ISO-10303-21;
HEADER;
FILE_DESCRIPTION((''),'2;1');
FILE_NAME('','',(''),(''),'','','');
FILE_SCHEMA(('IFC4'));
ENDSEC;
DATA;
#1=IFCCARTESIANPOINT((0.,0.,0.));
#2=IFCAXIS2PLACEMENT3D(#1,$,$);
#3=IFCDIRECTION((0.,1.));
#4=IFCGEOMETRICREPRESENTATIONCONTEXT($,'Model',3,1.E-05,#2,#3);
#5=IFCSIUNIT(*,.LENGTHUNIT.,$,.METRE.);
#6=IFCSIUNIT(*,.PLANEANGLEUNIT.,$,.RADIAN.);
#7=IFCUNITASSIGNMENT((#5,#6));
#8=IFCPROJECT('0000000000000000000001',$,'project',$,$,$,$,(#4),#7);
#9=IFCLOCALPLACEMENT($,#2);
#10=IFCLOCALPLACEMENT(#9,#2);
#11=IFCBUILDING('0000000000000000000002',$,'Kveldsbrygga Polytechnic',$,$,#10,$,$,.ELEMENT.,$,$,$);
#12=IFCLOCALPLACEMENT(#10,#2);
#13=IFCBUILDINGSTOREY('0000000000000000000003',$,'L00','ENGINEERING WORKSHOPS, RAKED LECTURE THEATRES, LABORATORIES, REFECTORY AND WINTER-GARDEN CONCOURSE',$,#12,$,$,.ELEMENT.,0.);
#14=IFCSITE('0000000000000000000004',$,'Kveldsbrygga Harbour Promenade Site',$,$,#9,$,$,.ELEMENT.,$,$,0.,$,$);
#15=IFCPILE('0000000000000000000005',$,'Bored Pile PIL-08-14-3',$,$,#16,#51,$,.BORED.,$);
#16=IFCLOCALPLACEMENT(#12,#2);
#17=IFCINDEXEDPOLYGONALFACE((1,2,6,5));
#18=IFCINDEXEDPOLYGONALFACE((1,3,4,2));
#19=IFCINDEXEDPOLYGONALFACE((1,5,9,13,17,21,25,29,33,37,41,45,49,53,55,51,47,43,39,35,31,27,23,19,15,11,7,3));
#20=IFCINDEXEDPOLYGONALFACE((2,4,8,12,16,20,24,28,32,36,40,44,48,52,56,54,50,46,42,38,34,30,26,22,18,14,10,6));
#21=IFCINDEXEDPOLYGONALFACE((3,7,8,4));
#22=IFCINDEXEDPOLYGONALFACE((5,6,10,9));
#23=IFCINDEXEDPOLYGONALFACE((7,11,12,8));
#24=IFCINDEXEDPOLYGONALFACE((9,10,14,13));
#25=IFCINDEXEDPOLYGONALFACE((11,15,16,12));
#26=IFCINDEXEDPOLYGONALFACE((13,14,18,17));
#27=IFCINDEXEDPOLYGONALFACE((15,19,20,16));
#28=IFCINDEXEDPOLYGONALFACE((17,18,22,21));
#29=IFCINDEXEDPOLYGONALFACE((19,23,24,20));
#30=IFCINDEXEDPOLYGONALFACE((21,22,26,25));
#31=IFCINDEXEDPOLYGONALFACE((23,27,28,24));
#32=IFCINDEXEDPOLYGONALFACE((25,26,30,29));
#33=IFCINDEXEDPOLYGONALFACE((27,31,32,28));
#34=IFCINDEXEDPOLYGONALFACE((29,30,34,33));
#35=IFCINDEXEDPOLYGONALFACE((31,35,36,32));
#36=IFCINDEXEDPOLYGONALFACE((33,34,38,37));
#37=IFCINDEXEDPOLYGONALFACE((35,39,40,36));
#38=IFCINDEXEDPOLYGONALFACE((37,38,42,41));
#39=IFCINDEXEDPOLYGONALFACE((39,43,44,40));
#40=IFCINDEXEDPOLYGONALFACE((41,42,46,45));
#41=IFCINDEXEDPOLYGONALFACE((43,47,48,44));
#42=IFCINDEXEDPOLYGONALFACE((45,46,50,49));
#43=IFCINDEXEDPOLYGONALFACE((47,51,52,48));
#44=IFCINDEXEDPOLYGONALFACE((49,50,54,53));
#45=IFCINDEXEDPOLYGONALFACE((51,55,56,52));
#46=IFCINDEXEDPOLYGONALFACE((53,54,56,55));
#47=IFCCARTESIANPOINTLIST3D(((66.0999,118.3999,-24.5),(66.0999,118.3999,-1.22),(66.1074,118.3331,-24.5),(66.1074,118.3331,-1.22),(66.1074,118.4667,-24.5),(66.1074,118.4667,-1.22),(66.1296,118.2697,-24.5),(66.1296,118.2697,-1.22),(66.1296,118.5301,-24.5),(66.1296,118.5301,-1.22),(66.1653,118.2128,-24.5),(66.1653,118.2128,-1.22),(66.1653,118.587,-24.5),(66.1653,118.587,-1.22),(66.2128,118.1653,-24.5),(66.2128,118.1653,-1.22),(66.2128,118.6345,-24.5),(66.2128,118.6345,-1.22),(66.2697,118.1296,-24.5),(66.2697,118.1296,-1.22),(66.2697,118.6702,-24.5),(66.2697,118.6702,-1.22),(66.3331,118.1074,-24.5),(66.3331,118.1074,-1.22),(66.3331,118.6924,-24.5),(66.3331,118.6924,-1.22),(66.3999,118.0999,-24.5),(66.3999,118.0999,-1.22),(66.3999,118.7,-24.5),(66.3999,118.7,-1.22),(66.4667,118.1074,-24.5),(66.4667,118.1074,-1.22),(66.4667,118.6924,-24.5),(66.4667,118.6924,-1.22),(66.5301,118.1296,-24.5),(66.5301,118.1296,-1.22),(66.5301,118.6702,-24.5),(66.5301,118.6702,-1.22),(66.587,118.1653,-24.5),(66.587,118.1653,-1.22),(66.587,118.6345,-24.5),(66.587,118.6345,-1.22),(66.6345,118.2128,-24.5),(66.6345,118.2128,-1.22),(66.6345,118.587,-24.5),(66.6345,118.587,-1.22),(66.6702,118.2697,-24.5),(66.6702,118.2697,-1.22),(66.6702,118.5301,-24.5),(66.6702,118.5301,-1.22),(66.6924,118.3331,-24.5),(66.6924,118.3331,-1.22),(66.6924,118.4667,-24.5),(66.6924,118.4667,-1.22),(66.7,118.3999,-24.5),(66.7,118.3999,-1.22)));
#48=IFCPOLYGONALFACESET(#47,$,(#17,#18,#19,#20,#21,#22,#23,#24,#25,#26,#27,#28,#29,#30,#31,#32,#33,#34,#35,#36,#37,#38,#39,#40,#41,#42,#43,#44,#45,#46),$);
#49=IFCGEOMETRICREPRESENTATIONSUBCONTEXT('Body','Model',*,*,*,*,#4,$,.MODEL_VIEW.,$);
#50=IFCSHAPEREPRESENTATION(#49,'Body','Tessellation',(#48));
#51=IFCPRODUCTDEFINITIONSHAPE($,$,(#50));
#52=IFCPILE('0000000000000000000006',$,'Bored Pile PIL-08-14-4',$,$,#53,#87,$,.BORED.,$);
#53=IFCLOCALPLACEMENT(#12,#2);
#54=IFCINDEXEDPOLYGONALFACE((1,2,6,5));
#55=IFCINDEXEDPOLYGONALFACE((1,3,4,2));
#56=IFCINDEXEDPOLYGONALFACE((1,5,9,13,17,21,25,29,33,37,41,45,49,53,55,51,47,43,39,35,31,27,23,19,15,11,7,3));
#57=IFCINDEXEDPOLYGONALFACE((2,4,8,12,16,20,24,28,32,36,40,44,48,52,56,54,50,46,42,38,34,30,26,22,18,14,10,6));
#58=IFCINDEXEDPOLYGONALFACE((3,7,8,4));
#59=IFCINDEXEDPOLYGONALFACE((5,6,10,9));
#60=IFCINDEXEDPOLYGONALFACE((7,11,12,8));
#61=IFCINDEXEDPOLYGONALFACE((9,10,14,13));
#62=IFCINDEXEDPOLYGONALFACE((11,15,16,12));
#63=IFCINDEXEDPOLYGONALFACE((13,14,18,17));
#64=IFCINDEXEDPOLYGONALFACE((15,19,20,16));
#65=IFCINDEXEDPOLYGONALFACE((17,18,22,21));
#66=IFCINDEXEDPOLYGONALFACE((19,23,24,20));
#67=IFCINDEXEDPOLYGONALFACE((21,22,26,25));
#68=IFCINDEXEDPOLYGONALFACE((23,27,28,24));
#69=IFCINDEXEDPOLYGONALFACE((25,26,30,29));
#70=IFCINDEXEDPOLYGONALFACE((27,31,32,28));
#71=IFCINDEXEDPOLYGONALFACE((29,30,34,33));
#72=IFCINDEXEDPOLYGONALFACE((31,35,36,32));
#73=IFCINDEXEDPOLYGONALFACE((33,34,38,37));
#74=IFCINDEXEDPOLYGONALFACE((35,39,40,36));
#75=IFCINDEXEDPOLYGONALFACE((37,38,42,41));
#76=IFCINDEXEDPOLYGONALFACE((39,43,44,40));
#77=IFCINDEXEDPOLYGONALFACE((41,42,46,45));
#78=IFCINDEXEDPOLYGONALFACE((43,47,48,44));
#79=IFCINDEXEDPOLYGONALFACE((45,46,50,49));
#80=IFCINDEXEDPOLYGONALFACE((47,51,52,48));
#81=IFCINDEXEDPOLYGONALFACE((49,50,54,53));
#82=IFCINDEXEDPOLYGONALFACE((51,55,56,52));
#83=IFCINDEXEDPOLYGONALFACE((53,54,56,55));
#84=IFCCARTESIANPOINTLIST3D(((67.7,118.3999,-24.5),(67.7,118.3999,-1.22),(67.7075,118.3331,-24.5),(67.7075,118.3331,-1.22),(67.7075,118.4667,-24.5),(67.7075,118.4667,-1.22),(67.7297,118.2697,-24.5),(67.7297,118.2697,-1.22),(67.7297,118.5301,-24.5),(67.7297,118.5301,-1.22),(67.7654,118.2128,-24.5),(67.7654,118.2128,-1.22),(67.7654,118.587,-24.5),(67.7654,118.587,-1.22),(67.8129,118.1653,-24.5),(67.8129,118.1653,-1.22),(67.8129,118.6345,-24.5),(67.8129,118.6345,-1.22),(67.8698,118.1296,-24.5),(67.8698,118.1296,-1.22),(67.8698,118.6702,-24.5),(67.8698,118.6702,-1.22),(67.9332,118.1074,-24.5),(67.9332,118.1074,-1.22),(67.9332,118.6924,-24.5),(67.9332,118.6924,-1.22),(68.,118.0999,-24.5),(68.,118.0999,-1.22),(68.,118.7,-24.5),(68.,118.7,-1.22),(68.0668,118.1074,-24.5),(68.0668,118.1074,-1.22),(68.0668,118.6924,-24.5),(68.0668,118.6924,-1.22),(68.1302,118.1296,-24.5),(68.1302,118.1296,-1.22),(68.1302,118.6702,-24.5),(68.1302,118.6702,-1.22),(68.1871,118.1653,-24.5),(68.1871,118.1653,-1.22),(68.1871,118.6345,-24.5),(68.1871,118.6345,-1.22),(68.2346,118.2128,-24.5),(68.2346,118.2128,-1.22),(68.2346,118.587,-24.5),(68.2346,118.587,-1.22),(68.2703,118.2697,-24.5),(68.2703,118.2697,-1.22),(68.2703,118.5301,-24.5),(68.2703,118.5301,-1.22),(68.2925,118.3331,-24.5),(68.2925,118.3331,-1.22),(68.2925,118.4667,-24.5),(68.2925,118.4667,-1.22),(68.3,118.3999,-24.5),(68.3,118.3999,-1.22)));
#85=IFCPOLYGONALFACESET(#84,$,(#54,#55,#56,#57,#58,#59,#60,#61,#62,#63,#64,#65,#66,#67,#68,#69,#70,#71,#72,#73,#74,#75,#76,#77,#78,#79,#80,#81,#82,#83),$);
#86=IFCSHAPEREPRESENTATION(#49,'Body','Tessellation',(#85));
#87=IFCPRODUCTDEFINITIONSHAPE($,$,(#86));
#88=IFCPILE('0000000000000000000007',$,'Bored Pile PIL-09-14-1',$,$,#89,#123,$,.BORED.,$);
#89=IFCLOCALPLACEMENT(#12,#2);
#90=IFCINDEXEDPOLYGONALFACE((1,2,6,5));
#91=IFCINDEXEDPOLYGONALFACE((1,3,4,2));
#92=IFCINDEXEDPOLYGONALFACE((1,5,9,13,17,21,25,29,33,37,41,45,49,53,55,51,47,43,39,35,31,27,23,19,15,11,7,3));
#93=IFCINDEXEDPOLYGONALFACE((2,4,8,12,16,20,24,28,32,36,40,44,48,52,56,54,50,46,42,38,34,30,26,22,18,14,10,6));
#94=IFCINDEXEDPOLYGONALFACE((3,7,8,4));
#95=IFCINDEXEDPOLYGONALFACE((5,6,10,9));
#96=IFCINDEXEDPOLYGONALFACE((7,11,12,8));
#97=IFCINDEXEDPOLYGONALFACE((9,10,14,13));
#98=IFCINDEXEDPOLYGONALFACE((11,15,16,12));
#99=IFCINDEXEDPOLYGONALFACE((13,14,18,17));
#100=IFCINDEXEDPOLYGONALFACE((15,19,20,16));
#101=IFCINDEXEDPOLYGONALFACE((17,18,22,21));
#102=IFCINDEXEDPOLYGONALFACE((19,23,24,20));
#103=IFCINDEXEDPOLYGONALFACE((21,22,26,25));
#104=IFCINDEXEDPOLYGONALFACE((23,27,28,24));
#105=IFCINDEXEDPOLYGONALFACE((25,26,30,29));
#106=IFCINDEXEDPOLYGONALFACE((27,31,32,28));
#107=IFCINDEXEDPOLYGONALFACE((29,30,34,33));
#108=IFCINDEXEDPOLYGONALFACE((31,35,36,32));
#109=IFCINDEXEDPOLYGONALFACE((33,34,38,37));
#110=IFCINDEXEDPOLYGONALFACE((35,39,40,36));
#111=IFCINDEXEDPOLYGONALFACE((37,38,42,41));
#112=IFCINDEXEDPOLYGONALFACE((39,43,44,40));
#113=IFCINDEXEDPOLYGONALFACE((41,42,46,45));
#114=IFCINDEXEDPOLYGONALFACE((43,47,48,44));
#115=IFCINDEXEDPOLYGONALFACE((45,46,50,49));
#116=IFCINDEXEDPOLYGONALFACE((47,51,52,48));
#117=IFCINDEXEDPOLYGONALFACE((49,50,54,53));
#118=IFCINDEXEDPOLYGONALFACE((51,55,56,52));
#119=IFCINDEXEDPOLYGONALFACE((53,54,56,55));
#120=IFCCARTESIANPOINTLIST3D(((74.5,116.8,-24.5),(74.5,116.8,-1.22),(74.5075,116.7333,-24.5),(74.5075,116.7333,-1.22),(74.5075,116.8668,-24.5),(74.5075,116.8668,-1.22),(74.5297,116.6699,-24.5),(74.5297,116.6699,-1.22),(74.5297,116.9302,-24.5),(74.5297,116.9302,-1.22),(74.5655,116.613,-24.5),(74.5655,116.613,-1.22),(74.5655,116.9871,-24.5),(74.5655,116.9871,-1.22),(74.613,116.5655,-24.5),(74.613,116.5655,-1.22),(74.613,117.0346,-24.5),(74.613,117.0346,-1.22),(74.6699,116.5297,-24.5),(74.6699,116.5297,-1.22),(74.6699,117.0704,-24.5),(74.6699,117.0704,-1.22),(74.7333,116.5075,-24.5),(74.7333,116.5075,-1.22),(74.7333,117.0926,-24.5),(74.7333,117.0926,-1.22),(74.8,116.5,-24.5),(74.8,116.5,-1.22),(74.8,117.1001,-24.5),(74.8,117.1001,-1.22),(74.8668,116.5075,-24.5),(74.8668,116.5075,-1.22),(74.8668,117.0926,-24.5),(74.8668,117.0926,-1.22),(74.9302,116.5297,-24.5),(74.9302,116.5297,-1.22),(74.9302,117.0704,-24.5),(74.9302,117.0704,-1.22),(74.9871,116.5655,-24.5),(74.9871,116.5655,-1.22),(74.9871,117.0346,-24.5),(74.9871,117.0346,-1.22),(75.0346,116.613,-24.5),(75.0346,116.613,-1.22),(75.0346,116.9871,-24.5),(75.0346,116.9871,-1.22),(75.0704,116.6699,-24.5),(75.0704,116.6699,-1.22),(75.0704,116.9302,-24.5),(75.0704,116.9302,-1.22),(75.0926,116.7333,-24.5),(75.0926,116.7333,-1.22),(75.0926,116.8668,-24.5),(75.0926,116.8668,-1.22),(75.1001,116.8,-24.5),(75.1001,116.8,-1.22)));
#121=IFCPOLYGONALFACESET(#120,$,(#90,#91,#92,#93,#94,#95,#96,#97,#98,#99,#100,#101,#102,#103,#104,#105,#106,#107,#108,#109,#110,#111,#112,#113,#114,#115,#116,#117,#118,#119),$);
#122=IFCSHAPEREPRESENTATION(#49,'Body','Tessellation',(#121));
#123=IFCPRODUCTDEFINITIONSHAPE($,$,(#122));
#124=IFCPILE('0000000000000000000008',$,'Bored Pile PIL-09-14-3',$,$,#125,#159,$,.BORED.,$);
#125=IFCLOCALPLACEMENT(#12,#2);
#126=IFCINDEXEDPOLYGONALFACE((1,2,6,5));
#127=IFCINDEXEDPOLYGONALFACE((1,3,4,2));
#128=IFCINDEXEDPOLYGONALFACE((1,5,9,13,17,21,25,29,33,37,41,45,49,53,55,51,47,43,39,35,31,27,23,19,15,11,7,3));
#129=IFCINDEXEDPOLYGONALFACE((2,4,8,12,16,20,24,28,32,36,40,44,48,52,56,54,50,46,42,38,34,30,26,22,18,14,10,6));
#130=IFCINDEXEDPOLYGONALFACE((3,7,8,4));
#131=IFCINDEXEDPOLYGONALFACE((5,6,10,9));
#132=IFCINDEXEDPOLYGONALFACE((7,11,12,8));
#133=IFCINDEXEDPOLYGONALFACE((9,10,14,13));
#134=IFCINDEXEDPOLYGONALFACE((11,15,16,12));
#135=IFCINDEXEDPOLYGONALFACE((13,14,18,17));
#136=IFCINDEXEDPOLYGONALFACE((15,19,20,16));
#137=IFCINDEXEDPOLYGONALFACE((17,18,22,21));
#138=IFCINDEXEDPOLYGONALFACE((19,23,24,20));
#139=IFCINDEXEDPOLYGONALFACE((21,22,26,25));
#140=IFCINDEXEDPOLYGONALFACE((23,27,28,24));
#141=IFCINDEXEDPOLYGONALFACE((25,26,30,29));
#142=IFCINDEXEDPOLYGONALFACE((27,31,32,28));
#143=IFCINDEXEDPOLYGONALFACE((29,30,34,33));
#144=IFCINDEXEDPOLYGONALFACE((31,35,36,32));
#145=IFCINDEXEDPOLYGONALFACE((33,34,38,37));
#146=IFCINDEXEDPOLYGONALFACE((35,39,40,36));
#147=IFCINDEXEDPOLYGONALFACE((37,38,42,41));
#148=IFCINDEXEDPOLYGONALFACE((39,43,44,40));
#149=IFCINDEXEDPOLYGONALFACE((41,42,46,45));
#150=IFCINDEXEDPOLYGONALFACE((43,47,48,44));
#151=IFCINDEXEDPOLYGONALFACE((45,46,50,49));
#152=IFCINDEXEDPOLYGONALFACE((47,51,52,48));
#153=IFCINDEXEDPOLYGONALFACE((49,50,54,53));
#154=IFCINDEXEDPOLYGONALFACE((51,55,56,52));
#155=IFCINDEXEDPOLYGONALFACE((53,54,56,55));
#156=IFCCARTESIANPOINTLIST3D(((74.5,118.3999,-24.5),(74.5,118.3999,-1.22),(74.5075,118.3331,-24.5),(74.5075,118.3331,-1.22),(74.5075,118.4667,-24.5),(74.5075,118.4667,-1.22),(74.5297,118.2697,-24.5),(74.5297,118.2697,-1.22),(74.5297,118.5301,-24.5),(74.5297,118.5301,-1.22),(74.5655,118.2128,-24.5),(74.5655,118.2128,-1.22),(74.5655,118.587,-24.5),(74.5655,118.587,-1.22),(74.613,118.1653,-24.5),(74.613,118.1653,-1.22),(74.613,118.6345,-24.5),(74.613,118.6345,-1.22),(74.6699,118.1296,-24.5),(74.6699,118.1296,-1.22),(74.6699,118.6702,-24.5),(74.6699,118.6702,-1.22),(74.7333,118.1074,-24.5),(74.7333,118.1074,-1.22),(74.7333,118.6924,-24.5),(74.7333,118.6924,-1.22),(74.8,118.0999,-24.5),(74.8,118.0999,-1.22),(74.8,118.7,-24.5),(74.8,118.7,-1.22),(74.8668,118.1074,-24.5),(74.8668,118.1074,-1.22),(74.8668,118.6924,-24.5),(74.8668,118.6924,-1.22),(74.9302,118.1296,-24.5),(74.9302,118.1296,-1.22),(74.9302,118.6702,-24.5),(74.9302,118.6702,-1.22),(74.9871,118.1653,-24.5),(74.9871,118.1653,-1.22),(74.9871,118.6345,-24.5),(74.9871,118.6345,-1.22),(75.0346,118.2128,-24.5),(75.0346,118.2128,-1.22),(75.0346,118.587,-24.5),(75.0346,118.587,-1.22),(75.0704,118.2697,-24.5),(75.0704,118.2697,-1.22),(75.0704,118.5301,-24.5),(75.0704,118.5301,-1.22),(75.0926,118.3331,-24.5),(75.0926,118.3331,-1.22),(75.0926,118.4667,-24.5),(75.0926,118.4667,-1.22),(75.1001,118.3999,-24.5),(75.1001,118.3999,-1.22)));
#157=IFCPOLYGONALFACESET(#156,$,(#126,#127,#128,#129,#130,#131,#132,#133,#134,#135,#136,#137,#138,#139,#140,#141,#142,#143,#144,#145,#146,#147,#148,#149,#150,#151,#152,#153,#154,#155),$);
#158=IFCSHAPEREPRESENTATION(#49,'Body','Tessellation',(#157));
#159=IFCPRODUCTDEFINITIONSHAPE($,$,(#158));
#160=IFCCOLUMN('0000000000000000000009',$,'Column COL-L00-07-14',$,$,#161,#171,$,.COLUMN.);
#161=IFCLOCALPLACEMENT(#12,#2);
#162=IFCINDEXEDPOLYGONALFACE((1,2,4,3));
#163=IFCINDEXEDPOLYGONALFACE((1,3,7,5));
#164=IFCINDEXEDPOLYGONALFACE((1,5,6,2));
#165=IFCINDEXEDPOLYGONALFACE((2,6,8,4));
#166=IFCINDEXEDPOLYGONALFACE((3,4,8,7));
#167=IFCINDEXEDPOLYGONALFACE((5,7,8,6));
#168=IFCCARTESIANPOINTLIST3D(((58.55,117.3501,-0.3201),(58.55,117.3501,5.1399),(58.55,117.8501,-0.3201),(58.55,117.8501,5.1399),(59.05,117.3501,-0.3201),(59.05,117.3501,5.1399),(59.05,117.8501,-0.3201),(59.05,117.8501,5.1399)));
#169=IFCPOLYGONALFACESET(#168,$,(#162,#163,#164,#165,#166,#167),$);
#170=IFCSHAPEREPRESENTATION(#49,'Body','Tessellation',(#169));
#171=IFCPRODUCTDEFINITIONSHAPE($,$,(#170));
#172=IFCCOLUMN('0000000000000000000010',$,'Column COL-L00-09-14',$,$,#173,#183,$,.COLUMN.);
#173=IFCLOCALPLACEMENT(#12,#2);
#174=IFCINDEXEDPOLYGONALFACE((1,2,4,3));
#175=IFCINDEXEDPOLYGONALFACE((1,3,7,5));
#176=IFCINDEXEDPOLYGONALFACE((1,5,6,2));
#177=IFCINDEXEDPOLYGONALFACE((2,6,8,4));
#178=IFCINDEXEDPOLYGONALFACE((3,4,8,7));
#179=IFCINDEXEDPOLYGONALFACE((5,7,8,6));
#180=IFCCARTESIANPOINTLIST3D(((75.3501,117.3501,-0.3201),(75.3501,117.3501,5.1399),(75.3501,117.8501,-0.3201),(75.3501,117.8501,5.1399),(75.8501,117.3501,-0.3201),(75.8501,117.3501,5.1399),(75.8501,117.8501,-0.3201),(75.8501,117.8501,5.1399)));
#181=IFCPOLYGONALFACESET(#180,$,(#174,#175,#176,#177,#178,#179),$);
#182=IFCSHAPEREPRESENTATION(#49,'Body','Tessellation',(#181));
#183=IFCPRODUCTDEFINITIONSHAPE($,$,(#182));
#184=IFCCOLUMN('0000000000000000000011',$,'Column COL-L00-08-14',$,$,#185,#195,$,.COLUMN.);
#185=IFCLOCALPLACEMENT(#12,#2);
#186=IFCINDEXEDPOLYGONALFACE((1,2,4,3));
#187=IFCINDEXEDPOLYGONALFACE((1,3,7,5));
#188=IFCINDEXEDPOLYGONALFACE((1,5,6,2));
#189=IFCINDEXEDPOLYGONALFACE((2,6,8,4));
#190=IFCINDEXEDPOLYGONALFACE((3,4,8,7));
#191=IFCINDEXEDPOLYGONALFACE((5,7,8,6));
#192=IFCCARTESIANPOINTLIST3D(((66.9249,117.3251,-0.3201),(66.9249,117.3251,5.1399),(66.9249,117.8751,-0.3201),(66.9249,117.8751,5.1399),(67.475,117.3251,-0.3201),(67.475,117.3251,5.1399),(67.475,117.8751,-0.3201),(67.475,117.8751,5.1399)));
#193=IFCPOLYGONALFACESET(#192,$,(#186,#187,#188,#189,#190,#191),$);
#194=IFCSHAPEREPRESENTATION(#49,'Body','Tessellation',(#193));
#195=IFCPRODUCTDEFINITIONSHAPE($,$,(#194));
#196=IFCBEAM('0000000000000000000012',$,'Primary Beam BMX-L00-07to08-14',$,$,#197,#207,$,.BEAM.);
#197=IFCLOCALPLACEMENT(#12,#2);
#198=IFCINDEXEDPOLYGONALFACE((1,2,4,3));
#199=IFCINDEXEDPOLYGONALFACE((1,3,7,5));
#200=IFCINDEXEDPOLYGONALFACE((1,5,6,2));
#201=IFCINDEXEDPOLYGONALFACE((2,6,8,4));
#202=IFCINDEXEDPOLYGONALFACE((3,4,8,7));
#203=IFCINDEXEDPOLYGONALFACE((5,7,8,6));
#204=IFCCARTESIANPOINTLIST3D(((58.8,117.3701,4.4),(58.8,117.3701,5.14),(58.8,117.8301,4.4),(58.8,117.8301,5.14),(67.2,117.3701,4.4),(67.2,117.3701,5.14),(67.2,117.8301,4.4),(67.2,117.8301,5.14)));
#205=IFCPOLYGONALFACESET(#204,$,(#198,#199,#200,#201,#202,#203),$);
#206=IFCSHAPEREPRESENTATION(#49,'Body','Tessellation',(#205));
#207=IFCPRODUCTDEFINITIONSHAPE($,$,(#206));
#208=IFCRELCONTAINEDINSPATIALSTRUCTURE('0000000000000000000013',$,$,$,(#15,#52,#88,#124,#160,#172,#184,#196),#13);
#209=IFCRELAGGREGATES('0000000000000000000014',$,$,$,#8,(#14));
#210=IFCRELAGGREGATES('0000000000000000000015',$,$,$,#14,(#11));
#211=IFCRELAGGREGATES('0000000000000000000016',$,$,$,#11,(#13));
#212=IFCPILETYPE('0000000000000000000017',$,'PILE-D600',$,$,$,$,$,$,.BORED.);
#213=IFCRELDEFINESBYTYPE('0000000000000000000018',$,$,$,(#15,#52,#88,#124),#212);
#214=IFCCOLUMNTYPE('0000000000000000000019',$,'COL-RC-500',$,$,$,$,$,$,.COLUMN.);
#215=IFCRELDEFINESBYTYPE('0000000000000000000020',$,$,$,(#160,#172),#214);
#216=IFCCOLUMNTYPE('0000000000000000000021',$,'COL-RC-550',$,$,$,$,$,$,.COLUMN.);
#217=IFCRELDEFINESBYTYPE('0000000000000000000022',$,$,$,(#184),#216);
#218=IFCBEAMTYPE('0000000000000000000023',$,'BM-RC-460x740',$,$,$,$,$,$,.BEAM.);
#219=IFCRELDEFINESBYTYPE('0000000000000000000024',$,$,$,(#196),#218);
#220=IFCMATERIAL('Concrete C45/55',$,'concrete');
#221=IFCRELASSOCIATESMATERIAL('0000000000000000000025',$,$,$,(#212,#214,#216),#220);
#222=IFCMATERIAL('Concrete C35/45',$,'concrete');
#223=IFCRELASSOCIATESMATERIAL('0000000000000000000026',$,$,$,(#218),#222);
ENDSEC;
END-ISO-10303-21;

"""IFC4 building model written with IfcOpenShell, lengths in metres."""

from ifc_helpers import new_model, si_unit, direction, frame, origin, origin_2d, place, context, subcontext, project, spatial, rectangle, circle, extrude, material, material_profile, profile_set, type_object, element, save


model = new_model("IFC4")

# Units and contexts
model_context = context("Model", 3, precision=1e-05, world=origin(), true_north=direction((0.0, 1.0)))
body_context = subcontext(model_context, "Body", "Model", "MODEL_VIEW")
ifc_project = project(units=[si_unit("LENGTHUNIT", "METRE"), si_unit("PLANEANGLEUNIT", "RADIAN")], contexts=[model_context])

# Site, building, storey
site_placement = place(None, origin())
site = spatial("IfcSite", under=ifc_project, at=site_placement, Name="Kveldsbrygga Harbour Promenade Site", CompositionType="ELEMENT", RefElevation=0.0)
building_placement = place(site_placement, origin())
building = spatial("IfcBuilding", under=site, at=building_placement, Name="Kveldsbrygga Polytechnic", CompositionType="ELEMENT")
storey_placement = place(building_placement, origin())
storey = spatial("IfcBuildingStorey", under=building, at=storey_placement, Name="L00", Description="ENGINEERING WORKSHOPS, RAKED LECTURE THEATRES, LABORATORIES, REFECTORY AND WINTER-GARDEN CONCOURSE", CompositionType="ELEMENT", Elevation=0.0)

# Shared definitions
ifc_material_1 = material(Name="Concrete C45/55", Category="concrete")

# Piles
ifc_material_profile_1 = material_profile(ifc_material_1, circle(Radius=0.3, at=origin_2d()), Name="PILE D600")
ifc_profile_set_1 = profile_set([ifc_material_profile_1], Name="Concrete C45/55")
pile_type = type_object("IfcPileType", Name="PILE-D600", PredefinedType="BORED", material=ifc_profile_set_1)
for number, where, z_axis, x_axis, name in (
    (1, (66.3999, 118.3999, -1.22), (0.0, 0.0, -1.0), (1.0, 0.0, 0.0), "Bored Pile PIL-08-14-3"),
    (2, (68.0, 118.3999, -1.22), (0.0, 0.0, -1.0), (1.0, 0.0, 0.0), "Bored Pile PIL-08-14-4"),
    (3, (74.8, 116.8, -1.22), (0.0, 0.0, -1.0), (1.0, 0.0, 0.0), "Bored Pile PIL-09-14-1"),
    (4, (74.8, 118.3999, -1.22), (0.0, 0.0, -1.0), (1.0, 0.0, 0.0), "Bored Pile PIL-09-14-3"),
):
    element("IfcPile", number, at=place(storey_placement, frame(where, z_axis=z_axis, x_axis=x_axis)), inside=storey, type_object=pile_type, Name=name, PredefinedType="BORED", context=body_context, shape_type="SweptSolid", body=[
        extrude(circle(Radius=0.3, at=origin_2d()), origin(), (0.0, 0.0, 1.0), 23.28),
    ])

# Columns
ifc_material_profile_2 = material_profile(ifc_material_1, rectangle(XDim=0.5, YDim=0.5, at=origin_2d()), Name="RC 500x500")
ifc_profile_set_2 = profile_set([ifc_material_profile_2], Name="Concrete C45/55")
column_type_1 = type_object("IfcColumnType", Name="COL-RC-500", PredefinedType="COLUMN", material=ifc_profile_set_2)
for number, where, z_axis, x_axis, name in (
    (5, (58.8, 117.6001, -0.3201), (0.0, 0.0, 1.0), (1.0, 0.0, 0.0), "Column COL-L00-07-14"),
    (6, (75.6001, 117.6001, -0.3201), (0.0, 0.0, 1.0), (1.0, 0.0, 0.0), "Column COL-L00-09-14"),
):
    element("IfcColumn", number, at=place(storey_placement, frame(where, z_axis=z_axis, x_axis=x_axis)), inside=storey, type_object=column_type_1, Name=name, PredefinedType="COLUMN", context=body_context, shape_type="SweptSolid", body=[
        extrude(rectangle(XDim=0.5, YDim=0.5, at=origin_2d()), origin(), (0.0, 0.0, 1.0), 5.46),
    ])
ifc_material_profile_3 = material_profile(ifc_material_1, rectangle(XDim=0.55, YDim=0.55, at=origin_2d()), Name="RC 550x550")
ifc_profile_set_3 = profile_set([ifc_material_profile_3], Name="Concrete C45/55")
column_type_2 = type_object("IfcColumnType", Name="COL-RC-550", PredefinedType="COLUMN", material=ifc_profile_set_3)
column_placement = place(storey_placement, frame((67.2, 117.6001, -0.3201), z_axis=(0.0, 0.0, 1.0), x_axis=(1.0, 0.0, 0.0)))
element("IfcColumn", 7, at=column_placement, inside=storey, type_object=column_type_2, Name="Column COL-L00-08-14", PredefinedType="COLUMN", context=body_context, shape_type="SweptSolid", body=[
    extrude(rectangle(XDim=0.55, YDim=0.55, at=origin_2d()), origin(), (0.0, 0.0, 1.0), 5.46),
])

# Beam
ifc_material_2 = material(Name="Concrete C35/45", Category="concrete")
ifc_material_profile_4 = material_profile(ifc_material_2, rectangle(XDim=0.46, YDim=0.74, at=origin_2d()), Name="RC 460x740")
ifc_profile_set_4 = profile_set([ifc_material_profile_4], Name="Concrete C35/45")
beam_type_1 = type_object("IfcBeamType", Name="BM-RC-460x740", PredefinedType="BEAM", material=ifc_profile_set_4)
beam_1_placement = place(storey_placement, frame((58.8, 117.6001, 4.77), z_axis=(1.0, 0.0, 0.0), x_axis=(0.0, 1.0, 0.0)))
element("IfcBeam", 8, at=beam_1_placement, inside=storey, type_object=beam_type_1, Name="Primary Beam BMX-L00-07to08-14", PredefinedType="BEAM", context=body_context, shape_type="SweptSolid", body=[
    extrude(rectangle(XDim=0.46, YDim=0.74, at=origin_2d()), origin(), (0.0, 0.0, 1.0), 8.3999),
])

save(model, "model.ifc")
